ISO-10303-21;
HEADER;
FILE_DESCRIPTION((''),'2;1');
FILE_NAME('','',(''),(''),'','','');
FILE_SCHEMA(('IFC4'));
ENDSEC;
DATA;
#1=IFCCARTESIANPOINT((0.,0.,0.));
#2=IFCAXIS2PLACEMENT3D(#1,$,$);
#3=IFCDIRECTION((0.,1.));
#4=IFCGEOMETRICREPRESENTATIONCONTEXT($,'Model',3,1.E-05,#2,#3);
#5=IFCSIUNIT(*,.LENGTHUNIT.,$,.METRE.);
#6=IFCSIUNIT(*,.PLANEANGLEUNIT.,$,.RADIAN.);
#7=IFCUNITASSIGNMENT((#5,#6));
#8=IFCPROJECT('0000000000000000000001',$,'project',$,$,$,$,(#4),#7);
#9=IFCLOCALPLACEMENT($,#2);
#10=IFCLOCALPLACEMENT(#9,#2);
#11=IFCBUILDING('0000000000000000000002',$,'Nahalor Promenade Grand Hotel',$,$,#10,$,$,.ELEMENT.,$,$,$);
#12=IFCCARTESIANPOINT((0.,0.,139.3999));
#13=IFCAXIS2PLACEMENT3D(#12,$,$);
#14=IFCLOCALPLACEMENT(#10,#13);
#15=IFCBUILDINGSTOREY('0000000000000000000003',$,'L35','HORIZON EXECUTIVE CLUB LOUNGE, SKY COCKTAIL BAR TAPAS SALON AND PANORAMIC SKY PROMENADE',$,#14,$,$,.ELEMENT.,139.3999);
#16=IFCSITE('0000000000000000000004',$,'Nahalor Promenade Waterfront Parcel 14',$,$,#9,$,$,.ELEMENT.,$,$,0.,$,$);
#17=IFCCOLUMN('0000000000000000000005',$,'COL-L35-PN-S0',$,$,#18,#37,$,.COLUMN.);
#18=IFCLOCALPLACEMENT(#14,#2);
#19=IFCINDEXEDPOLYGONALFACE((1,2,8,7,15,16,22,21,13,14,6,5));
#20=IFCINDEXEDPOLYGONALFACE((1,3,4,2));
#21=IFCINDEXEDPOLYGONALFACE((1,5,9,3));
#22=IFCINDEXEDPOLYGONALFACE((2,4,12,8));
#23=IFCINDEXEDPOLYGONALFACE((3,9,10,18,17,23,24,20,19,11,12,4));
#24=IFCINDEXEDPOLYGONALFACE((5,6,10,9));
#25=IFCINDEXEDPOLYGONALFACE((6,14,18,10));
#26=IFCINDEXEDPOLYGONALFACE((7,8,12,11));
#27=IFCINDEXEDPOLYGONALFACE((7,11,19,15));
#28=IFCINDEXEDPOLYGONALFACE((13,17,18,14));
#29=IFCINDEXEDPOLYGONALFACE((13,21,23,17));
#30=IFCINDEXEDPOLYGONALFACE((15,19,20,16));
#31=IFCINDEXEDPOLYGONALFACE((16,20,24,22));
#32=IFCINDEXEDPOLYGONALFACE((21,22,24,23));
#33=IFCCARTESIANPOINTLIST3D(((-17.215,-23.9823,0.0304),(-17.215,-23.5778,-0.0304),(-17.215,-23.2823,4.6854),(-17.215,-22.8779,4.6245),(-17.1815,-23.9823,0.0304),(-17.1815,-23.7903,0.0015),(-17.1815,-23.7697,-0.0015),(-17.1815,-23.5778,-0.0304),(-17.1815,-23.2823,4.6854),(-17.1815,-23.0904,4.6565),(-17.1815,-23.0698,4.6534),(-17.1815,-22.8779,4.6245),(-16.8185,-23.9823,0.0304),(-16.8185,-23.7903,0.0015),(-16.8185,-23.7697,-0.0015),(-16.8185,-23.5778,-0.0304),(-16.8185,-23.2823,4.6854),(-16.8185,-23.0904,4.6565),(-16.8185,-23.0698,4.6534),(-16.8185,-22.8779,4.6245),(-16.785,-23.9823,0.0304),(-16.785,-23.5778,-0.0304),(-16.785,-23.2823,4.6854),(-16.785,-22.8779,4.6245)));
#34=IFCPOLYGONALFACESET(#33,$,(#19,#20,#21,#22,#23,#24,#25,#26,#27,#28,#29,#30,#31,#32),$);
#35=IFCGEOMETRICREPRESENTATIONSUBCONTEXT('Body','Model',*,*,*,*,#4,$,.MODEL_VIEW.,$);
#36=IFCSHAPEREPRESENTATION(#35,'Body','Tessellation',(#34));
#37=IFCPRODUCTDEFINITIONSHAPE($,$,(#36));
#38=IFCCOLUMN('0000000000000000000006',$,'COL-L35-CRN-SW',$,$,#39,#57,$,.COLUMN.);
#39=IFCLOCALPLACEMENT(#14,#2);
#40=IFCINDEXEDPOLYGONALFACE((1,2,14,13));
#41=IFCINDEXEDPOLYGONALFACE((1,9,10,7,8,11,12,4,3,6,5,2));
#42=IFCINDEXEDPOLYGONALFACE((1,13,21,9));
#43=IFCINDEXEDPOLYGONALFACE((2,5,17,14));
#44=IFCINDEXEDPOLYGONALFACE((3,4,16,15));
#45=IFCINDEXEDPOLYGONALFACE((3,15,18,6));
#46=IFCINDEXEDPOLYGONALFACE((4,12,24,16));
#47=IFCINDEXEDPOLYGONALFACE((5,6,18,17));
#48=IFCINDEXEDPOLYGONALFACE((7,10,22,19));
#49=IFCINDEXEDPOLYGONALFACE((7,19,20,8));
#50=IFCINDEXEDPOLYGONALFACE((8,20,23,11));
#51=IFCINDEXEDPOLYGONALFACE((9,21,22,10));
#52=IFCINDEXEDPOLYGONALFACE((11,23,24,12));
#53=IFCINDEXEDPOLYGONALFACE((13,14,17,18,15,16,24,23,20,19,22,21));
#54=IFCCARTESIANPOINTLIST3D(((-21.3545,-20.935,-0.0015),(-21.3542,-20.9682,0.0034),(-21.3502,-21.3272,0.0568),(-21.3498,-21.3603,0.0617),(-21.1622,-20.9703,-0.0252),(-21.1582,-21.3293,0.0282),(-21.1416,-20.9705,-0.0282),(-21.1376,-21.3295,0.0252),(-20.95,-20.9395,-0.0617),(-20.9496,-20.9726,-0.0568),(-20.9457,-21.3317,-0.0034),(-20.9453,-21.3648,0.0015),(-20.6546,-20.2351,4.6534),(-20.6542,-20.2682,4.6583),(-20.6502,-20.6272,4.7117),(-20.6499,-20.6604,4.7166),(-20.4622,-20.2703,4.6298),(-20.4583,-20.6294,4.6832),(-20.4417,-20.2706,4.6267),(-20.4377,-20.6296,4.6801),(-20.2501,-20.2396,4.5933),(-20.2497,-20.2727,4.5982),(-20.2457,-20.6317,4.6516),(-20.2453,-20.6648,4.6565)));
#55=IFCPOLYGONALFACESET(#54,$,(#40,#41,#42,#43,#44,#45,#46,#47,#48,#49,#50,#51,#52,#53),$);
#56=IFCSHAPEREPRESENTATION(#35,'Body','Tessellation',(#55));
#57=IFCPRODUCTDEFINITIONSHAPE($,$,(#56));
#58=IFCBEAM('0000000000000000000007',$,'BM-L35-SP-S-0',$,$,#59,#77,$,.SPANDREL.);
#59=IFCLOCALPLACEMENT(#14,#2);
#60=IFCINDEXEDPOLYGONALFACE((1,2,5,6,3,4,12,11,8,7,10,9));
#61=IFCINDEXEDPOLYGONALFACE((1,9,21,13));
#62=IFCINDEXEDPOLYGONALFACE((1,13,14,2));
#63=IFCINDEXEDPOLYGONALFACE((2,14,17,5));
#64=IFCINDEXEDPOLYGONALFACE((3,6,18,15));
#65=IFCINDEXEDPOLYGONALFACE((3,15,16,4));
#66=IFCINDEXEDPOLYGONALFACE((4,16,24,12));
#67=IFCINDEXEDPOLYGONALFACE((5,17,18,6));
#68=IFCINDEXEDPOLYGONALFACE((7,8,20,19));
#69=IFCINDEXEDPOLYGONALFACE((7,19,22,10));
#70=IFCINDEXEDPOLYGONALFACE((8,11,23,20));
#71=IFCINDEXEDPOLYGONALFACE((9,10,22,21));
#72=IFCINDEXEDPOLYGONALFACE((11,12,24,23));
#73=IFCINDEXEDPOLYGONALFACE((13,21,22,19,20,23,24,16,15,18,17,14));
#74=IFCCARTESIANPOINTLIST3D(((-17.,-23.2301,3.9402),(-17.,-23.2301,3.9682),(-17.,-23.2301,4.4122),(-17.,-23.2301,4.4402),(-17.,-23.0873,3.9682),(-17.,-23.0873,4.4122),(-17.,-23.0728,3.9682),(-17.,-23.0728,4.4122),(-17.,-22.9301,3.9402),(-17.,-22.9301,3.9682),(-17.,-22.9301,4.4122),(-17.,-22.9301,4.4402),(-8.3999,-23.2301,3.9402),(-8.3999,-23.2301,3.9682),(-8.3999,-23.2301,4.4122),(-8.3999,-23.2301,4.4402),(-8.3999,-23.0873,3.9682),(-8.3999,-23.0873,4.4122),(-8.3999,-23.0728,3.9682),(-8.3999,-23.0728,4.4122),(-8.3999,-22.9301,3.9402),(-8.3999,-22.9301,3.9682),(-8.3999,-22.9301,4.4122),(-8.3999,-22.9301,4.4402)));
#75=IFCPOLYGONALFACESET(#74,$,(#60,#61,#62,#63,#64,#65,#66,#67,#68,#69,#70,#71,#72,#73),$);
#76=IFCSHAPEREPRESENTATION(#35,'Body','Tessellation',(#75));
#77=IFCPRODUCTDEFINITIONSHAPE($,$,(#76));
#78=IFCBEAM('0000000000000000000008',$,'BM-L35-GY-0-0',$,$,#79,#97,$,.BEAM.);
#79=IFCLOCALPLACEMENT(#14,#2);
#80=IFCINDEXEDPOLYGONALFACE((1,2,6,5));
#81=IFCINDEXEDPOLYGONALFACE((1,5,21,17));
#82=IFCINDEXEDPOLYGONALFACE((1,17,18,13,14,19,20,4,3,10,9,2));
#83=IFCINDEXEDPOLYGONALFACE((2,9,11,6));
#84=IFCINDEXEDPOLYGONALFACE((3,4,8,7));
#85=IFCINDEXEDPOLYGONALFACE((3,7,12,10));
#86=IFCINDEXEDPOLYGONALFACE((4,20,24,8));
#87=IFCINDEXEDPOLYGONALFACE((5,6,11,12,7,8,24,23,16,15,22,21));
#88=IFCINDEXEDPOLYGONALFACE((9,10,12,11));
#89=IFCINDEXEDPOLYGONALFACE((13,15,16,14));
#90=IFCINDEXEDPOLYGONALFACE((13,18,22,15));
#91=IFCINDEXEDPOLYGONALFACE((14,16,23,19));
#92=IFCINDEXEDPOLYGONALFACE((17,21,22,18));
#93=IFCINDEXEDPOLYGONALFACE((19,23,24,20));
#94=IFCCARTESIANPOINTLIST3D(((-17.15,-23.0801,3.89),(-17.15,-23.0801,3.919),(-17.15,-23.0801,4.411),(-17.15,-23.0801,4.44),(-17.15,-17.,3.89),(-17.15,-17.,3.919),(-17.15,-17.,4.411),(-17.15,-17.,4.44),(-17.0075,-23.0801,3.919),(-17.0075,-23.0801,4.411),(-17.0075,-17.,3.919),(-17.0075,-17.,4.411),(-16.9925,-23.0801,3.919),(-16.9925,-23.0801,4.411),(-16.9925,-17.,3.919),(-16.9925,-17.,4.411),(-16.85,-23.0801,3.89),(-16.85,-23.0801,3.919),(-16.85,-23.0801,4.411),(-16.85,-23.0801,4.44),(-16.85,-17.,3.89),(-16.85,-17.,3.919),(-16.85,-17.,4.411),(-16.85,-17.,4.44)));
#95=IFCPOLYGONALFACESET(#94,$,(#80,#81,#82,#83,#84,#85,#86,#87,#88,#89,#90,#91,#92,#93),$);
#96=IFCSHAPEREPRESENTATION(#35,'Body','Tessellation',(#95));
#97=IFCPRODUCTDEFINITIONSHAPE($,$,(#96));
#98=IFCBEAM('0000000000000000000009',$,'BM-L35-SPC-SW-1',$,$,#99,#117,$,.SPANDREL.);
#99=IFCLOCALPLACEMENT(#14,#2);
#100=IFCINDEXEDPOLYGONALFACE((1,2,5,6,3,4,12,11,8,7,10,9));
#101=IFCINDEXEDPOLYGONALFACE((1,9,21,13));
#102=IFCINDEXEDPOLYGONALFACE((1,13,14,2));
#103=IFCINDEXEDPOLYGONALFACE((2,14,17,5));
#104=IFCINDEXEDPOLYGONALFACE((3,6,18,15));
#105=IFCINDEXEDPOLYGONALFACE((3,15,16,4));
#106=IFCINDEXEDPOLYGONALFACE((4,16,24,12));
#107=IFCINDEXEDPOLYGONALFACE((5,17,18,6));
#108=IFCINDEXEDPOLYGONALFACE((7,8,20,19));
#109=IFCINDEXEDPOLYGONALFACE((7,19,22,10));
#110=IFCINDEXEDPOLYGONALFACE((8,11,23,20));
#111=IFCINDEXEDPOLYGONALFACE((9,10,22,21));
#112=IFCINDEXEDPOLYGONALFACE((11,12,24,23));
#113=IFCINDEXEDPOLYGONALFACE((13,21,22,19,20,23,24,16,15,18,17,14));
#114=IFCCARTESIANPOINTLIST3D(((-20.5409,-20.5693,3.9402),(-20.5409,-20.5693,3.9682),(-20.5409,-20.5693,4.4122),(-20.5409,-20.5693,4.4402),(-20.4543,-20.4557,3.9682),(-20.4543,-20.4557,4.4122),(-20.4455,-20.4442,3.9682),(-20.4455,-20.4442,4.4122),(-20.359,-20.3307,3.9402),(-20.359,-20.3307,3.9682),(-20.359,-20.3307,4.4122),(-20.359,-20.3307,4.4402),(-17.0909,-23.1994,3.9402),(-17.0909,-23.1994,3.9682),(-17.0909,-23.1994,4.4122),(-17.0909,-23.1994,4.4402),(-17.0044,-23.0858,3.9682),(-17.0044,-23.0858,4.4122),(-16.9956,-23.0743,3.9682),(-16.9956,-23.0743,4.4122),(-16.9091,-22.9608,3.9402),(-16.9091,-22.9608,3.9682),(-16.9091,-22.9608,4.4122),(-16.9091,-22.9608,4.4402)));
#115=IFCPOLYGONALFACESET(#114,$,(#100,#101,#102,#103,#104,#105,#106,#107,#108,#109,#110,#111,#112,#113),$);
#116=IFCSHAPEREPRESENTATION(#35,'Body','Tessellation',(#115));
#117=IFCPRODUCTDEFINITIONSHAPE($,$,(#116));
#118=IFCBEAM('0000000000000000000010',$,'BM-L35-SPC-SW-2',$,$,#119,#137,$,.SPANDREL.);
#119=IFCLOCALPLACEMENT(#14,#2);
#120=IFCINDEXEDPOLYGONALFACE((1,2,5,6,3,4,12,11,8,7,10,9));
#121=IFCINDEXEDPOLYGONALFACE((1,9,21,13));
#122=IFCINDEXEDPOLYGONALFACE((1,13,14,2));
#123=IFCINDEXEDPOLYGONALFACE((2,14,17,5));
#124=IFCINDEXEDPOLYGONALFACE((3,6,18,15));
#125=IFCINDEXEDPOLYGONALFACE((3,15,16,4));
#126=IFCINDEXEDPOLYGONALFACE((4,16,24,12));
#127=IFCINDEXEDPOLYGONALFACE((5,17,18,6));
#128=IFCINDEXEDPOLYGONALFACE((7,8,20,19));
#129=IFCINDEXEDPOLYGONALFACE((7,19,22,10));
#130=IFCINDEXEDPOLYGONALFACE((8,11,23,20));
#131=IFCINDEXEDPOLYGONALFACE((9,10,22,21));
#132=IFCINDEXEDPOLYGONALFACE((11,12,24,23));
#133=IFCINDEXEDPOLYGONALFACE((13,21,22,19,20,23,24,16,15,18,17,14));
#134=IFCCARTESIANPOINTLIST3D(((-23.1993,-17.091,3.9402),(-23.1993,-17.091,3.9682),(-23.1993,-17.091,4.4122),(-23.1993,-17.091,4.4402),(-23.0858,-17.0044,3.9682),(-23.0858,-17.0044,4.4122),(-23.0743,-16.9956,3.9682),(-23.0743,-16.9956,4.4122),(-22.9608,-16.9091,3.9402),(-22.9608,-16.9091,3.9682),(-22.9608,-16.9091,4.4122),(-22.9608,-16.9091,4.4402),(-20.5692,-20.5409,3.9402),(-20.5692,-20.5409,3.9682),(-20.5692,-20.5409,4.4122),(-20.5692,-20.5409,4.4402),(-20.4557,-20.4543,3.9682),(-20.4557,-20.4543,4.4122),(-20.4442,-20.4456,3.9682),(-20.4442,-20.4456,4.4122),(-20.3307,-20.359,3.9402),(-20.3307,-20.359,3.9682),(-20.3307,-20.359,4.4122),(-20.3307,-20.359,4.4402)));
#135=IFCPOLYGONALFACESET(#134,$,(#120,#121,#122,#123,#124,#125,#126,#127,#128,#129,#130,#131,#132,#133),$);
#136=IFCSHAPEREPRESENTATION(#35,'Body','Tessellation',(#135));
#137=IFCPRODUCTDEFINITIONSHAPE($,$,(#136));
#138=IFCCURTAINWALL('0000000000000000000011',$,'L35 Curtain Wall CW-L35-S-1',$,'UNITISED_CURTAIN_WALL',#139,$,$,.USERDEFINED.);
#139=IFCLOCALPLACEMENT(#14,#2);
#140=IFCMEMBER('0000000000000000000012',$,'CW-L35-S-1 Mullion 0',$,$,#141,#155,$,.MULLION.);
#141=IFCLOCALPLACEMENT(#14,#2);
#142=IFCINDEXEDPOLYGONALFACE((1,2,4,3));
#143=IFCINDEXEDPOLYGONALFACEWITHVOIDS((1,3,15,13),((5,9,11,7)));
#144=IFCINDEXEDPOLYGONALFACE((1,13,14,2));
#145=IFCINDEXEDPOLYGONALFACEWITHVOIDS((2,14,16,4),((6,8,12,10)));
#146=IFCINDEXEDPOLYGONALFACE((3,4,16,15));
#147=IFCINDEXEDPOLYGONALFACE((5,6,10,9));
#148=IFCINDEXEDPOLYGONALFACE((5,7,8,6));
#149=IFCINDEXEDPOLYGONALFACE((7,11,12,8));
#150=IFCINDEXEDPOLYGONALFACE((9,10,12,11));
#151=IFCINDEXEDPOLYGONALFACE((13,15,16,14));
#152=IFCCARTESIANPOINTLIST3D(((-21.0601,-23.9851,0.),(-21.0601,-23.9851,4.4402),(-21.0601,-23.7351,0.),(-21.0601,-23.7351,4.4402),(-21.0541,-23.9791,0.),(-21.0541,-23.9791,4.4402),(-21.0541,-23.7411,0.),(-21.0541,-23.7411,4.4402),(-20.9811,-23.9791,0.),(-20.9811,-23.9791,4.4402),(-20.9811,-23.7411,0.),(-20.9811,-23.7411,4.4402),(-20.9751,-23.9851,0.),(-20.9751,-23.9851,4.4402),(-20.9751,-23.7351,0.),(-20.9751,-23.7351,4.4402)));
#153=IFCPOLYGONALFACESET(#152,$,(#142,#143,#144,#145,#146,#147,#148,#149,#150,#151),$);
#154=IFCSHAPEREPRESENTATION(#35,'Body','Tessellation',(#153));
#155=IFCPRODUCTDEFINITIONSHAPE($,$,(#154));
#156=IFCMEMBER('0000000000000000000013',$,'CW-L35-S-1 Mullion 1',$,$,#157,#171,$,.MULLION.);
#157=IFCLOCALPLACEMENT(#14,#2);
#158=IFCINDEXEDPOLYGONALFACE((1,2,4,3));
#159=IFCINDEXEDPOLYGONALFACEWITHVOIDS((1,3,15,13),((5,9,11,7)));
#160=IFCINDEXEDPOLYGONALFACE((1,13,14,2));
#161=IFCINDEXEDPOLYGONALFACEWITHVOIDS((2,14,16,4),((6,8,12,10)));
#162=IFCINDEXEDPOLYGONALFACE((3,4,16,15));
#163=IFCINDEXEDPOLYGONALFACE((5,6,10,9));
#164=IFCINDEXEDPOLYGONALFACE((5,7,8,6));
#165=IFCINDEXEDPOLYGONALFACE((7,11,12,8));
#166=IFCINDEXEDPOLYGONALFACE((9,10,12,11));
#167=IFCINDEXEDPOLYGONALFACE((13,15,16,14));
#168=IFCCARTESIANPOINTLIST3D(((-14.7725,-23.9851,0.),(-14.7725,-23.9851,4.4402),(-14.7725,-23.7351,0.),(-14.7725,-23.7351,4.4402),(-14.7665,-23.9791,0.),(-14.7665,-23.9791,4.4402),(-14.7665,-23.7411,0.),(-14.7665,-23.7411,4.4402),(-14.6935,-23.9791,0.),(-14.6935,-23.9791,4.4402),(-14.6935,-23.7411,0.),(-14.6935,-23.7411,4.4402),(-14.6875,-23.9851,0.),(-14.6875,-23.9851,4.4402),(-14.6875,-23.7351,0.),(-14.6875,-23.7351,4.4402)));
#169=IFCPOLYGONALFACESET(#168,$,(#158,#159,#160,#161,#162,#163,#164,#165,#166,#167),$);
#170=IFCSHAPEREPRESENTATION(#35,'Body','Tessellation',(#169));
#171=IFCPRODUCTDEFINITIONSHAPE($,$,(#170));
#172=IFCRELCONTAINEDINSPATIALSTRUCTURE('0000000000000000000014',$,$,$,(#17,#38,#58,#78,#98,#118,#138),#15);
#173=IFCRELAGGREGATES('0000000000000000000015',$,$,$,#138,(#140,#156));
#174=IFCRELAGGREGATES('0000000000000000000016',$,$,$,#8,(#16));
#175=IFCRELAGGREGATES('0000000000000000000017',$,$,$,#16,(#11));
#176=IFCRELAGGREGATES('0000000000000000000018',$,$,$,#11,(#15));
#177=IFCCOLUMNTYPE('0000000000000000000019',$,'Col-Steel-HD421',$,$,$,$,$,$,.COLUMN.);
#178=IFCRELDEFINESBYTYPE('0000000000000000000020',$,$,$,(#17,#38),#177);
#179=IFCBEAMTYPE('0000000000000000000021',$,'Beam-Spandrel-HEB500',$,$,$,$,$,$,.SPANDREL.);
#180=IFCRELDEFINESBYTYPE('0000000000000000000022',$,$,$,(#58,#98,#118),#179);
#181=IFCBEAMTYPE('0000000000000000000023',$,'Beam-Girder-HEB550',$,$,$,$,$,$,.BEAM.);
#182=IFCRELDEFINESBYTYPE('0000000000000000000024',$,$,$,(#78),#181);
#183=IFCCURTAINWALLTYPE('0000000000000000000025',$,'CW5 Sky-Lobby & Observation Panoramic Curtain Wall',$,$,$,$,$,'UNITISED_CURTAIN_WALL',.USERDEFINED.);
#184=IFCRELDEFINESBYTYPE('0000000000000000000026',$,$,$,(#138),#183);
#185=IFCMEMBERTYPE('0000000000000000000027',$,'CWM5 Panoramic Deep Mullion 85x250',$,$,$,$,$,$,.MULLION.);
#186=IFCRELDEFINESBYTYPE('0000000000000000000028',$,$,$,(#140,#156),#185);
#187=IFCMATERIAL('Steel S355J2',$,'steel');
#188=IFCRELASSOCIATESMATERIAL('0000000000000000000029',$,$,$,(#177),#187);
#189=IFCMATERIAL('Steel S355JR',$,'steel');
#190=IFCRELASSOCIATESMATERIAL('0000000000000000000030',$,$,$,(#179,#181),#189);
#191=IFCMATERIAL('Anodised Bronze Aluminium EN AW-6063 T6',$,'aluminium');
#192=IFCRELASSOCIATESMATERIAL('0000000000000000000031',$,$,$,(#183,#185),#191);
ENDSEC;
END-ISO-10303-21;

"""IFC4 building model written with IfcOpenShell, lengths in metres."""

from ifc_helpers import new_model, si_unit, direction, frame, origin, origin_2d, place, context, subcontext, project, spatial, hollow_rectangle, i_section, extrude, source, transform, mapped, material, material_profile, profile_set, type_object, element, aggregate, save


model = new_model("IFC4")

# Units and contexts
model_context = context("Model", 3, precision=1e-05, world=origin(), true_north=direction((0.0, 1.0)))
body_context = subcontext(model_context, "Body", "Model", "MODEL_VIEW")
ifc_project = project(units=[si_unit("LENGTHUNIT", "METRE"), si_unit("PLANEANGLEUNIT", "RADIAN")], contexts=[model_context])

# Site, building, storey
site_placement = place(None, origin())
site = spatial("IfcSite", under=ifc_project, at=site_placement, Name="Nahalor Promenade Waterfront Parcel 14", CompositionType="ELEMENT", RefElevation=0.0)
building_placement = place(site_placement, origin())
building = spatial("IfcBuilding", under=site, at=building_placement, Name="Nahalor Promenade Grand Hotel", CompositionType="ELEMENT")
storey_placement = place(building_placement, frame((0.0, 0.0, 139.3999)))
storey = spatial("IfcBuildingStorey", under=building, at=storey_placement, Name="L35", Description="HORIZON EXECUTIVE CLUB LOUNGE, SKY COCKTAIL BAR TAPAS SALON AND PANORAMIC SKY PROMENADE", CompositionType="ELEMENT", Elevation=139.3999)

# Columns
ifc_material_1 = material(Name="Steel S355J2", Category="steel")
ifc_material_profile_1 = material_profile(ifc_material_1, i_section(OverallWidth=0.409, OverallDepth=0.43, WebThickness=0.0208, FlangeThickness=0.0335, at=origin_2d()), Name="HD 400x421")
ifc_profile_set_1 = profile_set([ifc_material_profile_1], Name="Steel S355J2")
column_type = type_object("IfcColumnType", Name="Col-Steel-HD421", PredefinedType="COLUMN", material=ifc_profile_set_1)
shared_shape_1 = source(origin(), body_context, "Body", "SweptSolid", [
    extrude(i_section(OverallWidth=0.409, OverallDepth=0.43, WebThickness=0.0208, FlangeThickness=0.0335, at=origin_2d()), origin(), (0.0, 0.0, 1.0), 4.7073),
])
column_1_placement = place(storey_placement, frame((-17.0, -23.78, 0.0), z_axis=(0.0, 0.148693, 0.988883), x_axis=(0.0, -0.988883, 0.148693)))
element("IfcColumn", 1, at=column_1_placement, inside=storey, type_object=column_type, Name="COL-L35-PN-S0", PredefinedType="COLUMN", context=body_context, shape_type="MappedRepresentation", body=[
    mapped(shared_shape_1, transform((0.0, 0.0, 0.0), scale=1.0)),
])
shared_shape_2 = source(origin(), body_context, "Body", "SweptSolid", [
    extrude(i_section(OverallWidth=0.409, OverallDepth=0.43, WebThickness=0.0208, FlangeThickness=0.0335, at=origin_2d()), origin(), (0.0, 0.0, 1.0), 4.759),
])
column_2_placement = place(storey_placement, frame((-21.1499, -21.1499, 0.0), z_axis=(0.147076, 0.147076, 0.97813), x_axis=(-0.989065, 0.010935, 0.147076)))
element("IfcColumn", 2, at=column_2_placement, inside=storey, type_object=column_type, Name="COL-L35-CRN-SW", PredefinedType="COLUMN", context=body_context, shape_type="MappedRepresentation", body=[
    mapped(shared_shape_2, transform((0.0, 0.0, 0.0), scale=1.0)),
])

# Beams
ifc_material_2 = material(Name="Steel S355JR", Category="steel")
ifc_material_profile_2 = material_profile(ifc_material_2, i_section(OverallWidth=0.3, OverallDepth=0.5, WebThickness=0.0145, FlangeThickness=0.028, at=origin_2d()), Name="HEB 500")
ifc_profile_set_2 = profile_set([ifc_material_profile_2], Name="Steel S355JR")
beam_type_1 = type_object("IfcBeamType", Name="Beam-Spandrel-HEB500", PredefinedType="SPANDREL", material=ifc_profile_set_2)
shared_shape_3 = source(origin(), body_context, "Body", "SweptSolid", [
    extrude(i_section(OverallWidth=0.3, OverallDepth=0.5, WebThickness=0.0145, FlangeThickness=0.028, at=origin_2d()), origin(), (0.0, 0.0, 1.0), 8.6001),
])
beam_1_placement = place(storey_placement, frame((-17.0, -23.0801, 4.1902), z_axis=(1.0, 0.0, 0.0), x_axis=(0.0, 1.0, 0.0)))
element("IfcBeam", 3, at=beam_1_placement, inside=storey, type_object=beam_type_1, Name="BM-L35-SP-S-0", PredefinedType="SPANDREL", context=body_context, shape_type="MappedRepresentation", body=[
    mapped(shared_shape_3, transform((0.0, 0.0, 0.0), scale=1.0)),
])
ifc_material_profile_3 = material_profile(ifc_material_2, i_section(OverallWidth=0.3, OverallDepth=0.55, WebThickness=0.015, FlangeThickness=0.029, at=origin_2d()), Name="HEB 550")
ifc_profile_set_3 = profile_set([ifc_material_profile_3], Name="Steel S355JR")
beam_type_2 = type_object("IfcBeamType", Name="Beam-Girder-HEB550", PredefinedType="BEAM", material=ifc_profile_set_3)
shared_shape_4 = source(origin(), body_context, "Body", "SweptSolid", [
    extrude(i_section(OverallWidth=0.3, OverallDepth=0.55, WebThickness=0.015, FlangeThickness=0.029, at=origin_2d()), origin(), (0.0, 0.0, 1.0), 6.0801),
])
beam_2_placement = place(storey_placement, frame((-17.0, -23.0801, 4.165), z_axis=(0.0, 1.0, 0.0), x_axis=(-1.0, 0.0, 0.0)))
element("IfcBeam", 4, at=beam_2_placement, inside=storey, type_object=beam_type_2, Name="BM-L35-GY-0-0", PredefinedType="BEAM", context=body_context, shape_type="MappedRepresentation", body=[
    mapped(shared_shape_4, transform((0.0, 0.0, 0.0), scale=1.0)),
])
shared_shape_5 = source(origin(), body_context, "Body", "SweptSolid", [
    extrude(i_section(OverallWidth=0.3, OverallDepth=0.5, WebThickness=0.0145, FlangeThickness=0.028, at=origin_2d()), origin(), (0.0, 0.0, 1.0), 4.3381),
])
for number, where, z_axis, x_axis, name in (
    (5, (-17.0, -23.0801, 4.1902), (-0.795255, 0.606275, 0.0), (-0.606275, -0.795255, 0.0), "BM-L35-SPC-SW-1"),
    (6, (-20.45, -20.45, 4.1902), (-0.606275, 0.795255, 0.0), (-0.795255, -0.606275, 0.0), "BM-L35-SPC-SW-2"),
):
    element("IfcBeam", number, at=place(storey_placement, frame(where, z_axis=z_axis, x_axis=x_axis)), inside=storey, type_object=beam_type_1, Name=name, PredefinedType="SPANDREL", context=body_context, shape_type="MappedRepresentation", body=[
        mapped(shared_shape_5, transform((0.0, 0.0, 0.0), scale=1.0)),
    ])

# Curtain wall, members
ifc_material_3 = material(Name="Anodised Bronze Aluminium EN AW-6063 T6", Category="aluminium")
curtain_wall_type = type_object("IfcCurtainWallType", Name="CW5 Sky-Lobby & Observation Panoramic Curtain Wall", ElementType="UNITISED_CURTAIN_WALL", PredefinedType="USERDEFINED", material=ifc_material_3)
curtain_wall_1_placement = place(storey_placement, origin())
curtain_wall_1 = element("IfcCurtainWall", 7, at=curtain_wall_1_placement, inside=storey, type_object=curtain_wall_type, Name="L35 Curtain Wall CW-L35-S-1", ObjectType="UNITISED_CURTAIN_WALL", PredefinedType="USERDEFINED")
ifc_material_profile_4 = material_profile(ifc_material_3, hollow_rectangle(XDim=0.085, YDim=0.25, WallThickness=0.006, at=origin_2d()), Name="CWM 85x250x6")
ifc_profile_set_4 = profile_set([ifc_material_profile_4], Name="Anodised Bronze Aluminium EN AW-6063 T6")
member_type_1 = type_object("IfcMemberType", Name="CWM5 Panoramic Deep Mullion 85x250", PredefinedType="MULLION", material=ifc_profile_set_4)
shared_shape_6 = source(origin(), body_context, "Body", "SweptSolid", [
    extrude(hollow_rectangle(XDim=0.085, YDim=0.25, WallThickness=0.006, at=origin_2d()), origin(), (0.0, 0.0, 1.0), 4.4402),
])
member_1_placement = place(storey_placement, frame((-21.0176, -23.8601, 0.0), z_axis=(0.0, 0.0, 1.0), x_axis=(1.0, 0.0, 0.0)))
member_1 = element("IfcMember", 8, at=member_1_placement, type_object=member_type_1, Name="CW-L35-S-1 Mullion 0", PredefinedType="MULLION", context=body_context, shape_type="MappedRepresentation", body=[
    mapped(shared_shape_6, transform((0.0, 0.0, 0.0), scale=1.0)),
])
member_2_placement = place(storey_placement, frame((-14.73, -23.8601, 0.0), z_axis=(0.0, 0.0, 1.0), x_axis=(1.0, 0.0, 0.0)))
member_2 = element("IfcMember", 9, at=member_2_placement, type_object=member_type_1, Name="CW-L35-S-1 Mullion 1", PredefinedType="MULLION", context=body_context, shape_type="MappedRepresentation", body=[
    mapped(shared_shape_6, transform((0.0, 0.0, 0.0), scale=1.0)),
])

aggregate(curtain_wall_1, [member_1, member_2])

save(model, "model.ifc")
